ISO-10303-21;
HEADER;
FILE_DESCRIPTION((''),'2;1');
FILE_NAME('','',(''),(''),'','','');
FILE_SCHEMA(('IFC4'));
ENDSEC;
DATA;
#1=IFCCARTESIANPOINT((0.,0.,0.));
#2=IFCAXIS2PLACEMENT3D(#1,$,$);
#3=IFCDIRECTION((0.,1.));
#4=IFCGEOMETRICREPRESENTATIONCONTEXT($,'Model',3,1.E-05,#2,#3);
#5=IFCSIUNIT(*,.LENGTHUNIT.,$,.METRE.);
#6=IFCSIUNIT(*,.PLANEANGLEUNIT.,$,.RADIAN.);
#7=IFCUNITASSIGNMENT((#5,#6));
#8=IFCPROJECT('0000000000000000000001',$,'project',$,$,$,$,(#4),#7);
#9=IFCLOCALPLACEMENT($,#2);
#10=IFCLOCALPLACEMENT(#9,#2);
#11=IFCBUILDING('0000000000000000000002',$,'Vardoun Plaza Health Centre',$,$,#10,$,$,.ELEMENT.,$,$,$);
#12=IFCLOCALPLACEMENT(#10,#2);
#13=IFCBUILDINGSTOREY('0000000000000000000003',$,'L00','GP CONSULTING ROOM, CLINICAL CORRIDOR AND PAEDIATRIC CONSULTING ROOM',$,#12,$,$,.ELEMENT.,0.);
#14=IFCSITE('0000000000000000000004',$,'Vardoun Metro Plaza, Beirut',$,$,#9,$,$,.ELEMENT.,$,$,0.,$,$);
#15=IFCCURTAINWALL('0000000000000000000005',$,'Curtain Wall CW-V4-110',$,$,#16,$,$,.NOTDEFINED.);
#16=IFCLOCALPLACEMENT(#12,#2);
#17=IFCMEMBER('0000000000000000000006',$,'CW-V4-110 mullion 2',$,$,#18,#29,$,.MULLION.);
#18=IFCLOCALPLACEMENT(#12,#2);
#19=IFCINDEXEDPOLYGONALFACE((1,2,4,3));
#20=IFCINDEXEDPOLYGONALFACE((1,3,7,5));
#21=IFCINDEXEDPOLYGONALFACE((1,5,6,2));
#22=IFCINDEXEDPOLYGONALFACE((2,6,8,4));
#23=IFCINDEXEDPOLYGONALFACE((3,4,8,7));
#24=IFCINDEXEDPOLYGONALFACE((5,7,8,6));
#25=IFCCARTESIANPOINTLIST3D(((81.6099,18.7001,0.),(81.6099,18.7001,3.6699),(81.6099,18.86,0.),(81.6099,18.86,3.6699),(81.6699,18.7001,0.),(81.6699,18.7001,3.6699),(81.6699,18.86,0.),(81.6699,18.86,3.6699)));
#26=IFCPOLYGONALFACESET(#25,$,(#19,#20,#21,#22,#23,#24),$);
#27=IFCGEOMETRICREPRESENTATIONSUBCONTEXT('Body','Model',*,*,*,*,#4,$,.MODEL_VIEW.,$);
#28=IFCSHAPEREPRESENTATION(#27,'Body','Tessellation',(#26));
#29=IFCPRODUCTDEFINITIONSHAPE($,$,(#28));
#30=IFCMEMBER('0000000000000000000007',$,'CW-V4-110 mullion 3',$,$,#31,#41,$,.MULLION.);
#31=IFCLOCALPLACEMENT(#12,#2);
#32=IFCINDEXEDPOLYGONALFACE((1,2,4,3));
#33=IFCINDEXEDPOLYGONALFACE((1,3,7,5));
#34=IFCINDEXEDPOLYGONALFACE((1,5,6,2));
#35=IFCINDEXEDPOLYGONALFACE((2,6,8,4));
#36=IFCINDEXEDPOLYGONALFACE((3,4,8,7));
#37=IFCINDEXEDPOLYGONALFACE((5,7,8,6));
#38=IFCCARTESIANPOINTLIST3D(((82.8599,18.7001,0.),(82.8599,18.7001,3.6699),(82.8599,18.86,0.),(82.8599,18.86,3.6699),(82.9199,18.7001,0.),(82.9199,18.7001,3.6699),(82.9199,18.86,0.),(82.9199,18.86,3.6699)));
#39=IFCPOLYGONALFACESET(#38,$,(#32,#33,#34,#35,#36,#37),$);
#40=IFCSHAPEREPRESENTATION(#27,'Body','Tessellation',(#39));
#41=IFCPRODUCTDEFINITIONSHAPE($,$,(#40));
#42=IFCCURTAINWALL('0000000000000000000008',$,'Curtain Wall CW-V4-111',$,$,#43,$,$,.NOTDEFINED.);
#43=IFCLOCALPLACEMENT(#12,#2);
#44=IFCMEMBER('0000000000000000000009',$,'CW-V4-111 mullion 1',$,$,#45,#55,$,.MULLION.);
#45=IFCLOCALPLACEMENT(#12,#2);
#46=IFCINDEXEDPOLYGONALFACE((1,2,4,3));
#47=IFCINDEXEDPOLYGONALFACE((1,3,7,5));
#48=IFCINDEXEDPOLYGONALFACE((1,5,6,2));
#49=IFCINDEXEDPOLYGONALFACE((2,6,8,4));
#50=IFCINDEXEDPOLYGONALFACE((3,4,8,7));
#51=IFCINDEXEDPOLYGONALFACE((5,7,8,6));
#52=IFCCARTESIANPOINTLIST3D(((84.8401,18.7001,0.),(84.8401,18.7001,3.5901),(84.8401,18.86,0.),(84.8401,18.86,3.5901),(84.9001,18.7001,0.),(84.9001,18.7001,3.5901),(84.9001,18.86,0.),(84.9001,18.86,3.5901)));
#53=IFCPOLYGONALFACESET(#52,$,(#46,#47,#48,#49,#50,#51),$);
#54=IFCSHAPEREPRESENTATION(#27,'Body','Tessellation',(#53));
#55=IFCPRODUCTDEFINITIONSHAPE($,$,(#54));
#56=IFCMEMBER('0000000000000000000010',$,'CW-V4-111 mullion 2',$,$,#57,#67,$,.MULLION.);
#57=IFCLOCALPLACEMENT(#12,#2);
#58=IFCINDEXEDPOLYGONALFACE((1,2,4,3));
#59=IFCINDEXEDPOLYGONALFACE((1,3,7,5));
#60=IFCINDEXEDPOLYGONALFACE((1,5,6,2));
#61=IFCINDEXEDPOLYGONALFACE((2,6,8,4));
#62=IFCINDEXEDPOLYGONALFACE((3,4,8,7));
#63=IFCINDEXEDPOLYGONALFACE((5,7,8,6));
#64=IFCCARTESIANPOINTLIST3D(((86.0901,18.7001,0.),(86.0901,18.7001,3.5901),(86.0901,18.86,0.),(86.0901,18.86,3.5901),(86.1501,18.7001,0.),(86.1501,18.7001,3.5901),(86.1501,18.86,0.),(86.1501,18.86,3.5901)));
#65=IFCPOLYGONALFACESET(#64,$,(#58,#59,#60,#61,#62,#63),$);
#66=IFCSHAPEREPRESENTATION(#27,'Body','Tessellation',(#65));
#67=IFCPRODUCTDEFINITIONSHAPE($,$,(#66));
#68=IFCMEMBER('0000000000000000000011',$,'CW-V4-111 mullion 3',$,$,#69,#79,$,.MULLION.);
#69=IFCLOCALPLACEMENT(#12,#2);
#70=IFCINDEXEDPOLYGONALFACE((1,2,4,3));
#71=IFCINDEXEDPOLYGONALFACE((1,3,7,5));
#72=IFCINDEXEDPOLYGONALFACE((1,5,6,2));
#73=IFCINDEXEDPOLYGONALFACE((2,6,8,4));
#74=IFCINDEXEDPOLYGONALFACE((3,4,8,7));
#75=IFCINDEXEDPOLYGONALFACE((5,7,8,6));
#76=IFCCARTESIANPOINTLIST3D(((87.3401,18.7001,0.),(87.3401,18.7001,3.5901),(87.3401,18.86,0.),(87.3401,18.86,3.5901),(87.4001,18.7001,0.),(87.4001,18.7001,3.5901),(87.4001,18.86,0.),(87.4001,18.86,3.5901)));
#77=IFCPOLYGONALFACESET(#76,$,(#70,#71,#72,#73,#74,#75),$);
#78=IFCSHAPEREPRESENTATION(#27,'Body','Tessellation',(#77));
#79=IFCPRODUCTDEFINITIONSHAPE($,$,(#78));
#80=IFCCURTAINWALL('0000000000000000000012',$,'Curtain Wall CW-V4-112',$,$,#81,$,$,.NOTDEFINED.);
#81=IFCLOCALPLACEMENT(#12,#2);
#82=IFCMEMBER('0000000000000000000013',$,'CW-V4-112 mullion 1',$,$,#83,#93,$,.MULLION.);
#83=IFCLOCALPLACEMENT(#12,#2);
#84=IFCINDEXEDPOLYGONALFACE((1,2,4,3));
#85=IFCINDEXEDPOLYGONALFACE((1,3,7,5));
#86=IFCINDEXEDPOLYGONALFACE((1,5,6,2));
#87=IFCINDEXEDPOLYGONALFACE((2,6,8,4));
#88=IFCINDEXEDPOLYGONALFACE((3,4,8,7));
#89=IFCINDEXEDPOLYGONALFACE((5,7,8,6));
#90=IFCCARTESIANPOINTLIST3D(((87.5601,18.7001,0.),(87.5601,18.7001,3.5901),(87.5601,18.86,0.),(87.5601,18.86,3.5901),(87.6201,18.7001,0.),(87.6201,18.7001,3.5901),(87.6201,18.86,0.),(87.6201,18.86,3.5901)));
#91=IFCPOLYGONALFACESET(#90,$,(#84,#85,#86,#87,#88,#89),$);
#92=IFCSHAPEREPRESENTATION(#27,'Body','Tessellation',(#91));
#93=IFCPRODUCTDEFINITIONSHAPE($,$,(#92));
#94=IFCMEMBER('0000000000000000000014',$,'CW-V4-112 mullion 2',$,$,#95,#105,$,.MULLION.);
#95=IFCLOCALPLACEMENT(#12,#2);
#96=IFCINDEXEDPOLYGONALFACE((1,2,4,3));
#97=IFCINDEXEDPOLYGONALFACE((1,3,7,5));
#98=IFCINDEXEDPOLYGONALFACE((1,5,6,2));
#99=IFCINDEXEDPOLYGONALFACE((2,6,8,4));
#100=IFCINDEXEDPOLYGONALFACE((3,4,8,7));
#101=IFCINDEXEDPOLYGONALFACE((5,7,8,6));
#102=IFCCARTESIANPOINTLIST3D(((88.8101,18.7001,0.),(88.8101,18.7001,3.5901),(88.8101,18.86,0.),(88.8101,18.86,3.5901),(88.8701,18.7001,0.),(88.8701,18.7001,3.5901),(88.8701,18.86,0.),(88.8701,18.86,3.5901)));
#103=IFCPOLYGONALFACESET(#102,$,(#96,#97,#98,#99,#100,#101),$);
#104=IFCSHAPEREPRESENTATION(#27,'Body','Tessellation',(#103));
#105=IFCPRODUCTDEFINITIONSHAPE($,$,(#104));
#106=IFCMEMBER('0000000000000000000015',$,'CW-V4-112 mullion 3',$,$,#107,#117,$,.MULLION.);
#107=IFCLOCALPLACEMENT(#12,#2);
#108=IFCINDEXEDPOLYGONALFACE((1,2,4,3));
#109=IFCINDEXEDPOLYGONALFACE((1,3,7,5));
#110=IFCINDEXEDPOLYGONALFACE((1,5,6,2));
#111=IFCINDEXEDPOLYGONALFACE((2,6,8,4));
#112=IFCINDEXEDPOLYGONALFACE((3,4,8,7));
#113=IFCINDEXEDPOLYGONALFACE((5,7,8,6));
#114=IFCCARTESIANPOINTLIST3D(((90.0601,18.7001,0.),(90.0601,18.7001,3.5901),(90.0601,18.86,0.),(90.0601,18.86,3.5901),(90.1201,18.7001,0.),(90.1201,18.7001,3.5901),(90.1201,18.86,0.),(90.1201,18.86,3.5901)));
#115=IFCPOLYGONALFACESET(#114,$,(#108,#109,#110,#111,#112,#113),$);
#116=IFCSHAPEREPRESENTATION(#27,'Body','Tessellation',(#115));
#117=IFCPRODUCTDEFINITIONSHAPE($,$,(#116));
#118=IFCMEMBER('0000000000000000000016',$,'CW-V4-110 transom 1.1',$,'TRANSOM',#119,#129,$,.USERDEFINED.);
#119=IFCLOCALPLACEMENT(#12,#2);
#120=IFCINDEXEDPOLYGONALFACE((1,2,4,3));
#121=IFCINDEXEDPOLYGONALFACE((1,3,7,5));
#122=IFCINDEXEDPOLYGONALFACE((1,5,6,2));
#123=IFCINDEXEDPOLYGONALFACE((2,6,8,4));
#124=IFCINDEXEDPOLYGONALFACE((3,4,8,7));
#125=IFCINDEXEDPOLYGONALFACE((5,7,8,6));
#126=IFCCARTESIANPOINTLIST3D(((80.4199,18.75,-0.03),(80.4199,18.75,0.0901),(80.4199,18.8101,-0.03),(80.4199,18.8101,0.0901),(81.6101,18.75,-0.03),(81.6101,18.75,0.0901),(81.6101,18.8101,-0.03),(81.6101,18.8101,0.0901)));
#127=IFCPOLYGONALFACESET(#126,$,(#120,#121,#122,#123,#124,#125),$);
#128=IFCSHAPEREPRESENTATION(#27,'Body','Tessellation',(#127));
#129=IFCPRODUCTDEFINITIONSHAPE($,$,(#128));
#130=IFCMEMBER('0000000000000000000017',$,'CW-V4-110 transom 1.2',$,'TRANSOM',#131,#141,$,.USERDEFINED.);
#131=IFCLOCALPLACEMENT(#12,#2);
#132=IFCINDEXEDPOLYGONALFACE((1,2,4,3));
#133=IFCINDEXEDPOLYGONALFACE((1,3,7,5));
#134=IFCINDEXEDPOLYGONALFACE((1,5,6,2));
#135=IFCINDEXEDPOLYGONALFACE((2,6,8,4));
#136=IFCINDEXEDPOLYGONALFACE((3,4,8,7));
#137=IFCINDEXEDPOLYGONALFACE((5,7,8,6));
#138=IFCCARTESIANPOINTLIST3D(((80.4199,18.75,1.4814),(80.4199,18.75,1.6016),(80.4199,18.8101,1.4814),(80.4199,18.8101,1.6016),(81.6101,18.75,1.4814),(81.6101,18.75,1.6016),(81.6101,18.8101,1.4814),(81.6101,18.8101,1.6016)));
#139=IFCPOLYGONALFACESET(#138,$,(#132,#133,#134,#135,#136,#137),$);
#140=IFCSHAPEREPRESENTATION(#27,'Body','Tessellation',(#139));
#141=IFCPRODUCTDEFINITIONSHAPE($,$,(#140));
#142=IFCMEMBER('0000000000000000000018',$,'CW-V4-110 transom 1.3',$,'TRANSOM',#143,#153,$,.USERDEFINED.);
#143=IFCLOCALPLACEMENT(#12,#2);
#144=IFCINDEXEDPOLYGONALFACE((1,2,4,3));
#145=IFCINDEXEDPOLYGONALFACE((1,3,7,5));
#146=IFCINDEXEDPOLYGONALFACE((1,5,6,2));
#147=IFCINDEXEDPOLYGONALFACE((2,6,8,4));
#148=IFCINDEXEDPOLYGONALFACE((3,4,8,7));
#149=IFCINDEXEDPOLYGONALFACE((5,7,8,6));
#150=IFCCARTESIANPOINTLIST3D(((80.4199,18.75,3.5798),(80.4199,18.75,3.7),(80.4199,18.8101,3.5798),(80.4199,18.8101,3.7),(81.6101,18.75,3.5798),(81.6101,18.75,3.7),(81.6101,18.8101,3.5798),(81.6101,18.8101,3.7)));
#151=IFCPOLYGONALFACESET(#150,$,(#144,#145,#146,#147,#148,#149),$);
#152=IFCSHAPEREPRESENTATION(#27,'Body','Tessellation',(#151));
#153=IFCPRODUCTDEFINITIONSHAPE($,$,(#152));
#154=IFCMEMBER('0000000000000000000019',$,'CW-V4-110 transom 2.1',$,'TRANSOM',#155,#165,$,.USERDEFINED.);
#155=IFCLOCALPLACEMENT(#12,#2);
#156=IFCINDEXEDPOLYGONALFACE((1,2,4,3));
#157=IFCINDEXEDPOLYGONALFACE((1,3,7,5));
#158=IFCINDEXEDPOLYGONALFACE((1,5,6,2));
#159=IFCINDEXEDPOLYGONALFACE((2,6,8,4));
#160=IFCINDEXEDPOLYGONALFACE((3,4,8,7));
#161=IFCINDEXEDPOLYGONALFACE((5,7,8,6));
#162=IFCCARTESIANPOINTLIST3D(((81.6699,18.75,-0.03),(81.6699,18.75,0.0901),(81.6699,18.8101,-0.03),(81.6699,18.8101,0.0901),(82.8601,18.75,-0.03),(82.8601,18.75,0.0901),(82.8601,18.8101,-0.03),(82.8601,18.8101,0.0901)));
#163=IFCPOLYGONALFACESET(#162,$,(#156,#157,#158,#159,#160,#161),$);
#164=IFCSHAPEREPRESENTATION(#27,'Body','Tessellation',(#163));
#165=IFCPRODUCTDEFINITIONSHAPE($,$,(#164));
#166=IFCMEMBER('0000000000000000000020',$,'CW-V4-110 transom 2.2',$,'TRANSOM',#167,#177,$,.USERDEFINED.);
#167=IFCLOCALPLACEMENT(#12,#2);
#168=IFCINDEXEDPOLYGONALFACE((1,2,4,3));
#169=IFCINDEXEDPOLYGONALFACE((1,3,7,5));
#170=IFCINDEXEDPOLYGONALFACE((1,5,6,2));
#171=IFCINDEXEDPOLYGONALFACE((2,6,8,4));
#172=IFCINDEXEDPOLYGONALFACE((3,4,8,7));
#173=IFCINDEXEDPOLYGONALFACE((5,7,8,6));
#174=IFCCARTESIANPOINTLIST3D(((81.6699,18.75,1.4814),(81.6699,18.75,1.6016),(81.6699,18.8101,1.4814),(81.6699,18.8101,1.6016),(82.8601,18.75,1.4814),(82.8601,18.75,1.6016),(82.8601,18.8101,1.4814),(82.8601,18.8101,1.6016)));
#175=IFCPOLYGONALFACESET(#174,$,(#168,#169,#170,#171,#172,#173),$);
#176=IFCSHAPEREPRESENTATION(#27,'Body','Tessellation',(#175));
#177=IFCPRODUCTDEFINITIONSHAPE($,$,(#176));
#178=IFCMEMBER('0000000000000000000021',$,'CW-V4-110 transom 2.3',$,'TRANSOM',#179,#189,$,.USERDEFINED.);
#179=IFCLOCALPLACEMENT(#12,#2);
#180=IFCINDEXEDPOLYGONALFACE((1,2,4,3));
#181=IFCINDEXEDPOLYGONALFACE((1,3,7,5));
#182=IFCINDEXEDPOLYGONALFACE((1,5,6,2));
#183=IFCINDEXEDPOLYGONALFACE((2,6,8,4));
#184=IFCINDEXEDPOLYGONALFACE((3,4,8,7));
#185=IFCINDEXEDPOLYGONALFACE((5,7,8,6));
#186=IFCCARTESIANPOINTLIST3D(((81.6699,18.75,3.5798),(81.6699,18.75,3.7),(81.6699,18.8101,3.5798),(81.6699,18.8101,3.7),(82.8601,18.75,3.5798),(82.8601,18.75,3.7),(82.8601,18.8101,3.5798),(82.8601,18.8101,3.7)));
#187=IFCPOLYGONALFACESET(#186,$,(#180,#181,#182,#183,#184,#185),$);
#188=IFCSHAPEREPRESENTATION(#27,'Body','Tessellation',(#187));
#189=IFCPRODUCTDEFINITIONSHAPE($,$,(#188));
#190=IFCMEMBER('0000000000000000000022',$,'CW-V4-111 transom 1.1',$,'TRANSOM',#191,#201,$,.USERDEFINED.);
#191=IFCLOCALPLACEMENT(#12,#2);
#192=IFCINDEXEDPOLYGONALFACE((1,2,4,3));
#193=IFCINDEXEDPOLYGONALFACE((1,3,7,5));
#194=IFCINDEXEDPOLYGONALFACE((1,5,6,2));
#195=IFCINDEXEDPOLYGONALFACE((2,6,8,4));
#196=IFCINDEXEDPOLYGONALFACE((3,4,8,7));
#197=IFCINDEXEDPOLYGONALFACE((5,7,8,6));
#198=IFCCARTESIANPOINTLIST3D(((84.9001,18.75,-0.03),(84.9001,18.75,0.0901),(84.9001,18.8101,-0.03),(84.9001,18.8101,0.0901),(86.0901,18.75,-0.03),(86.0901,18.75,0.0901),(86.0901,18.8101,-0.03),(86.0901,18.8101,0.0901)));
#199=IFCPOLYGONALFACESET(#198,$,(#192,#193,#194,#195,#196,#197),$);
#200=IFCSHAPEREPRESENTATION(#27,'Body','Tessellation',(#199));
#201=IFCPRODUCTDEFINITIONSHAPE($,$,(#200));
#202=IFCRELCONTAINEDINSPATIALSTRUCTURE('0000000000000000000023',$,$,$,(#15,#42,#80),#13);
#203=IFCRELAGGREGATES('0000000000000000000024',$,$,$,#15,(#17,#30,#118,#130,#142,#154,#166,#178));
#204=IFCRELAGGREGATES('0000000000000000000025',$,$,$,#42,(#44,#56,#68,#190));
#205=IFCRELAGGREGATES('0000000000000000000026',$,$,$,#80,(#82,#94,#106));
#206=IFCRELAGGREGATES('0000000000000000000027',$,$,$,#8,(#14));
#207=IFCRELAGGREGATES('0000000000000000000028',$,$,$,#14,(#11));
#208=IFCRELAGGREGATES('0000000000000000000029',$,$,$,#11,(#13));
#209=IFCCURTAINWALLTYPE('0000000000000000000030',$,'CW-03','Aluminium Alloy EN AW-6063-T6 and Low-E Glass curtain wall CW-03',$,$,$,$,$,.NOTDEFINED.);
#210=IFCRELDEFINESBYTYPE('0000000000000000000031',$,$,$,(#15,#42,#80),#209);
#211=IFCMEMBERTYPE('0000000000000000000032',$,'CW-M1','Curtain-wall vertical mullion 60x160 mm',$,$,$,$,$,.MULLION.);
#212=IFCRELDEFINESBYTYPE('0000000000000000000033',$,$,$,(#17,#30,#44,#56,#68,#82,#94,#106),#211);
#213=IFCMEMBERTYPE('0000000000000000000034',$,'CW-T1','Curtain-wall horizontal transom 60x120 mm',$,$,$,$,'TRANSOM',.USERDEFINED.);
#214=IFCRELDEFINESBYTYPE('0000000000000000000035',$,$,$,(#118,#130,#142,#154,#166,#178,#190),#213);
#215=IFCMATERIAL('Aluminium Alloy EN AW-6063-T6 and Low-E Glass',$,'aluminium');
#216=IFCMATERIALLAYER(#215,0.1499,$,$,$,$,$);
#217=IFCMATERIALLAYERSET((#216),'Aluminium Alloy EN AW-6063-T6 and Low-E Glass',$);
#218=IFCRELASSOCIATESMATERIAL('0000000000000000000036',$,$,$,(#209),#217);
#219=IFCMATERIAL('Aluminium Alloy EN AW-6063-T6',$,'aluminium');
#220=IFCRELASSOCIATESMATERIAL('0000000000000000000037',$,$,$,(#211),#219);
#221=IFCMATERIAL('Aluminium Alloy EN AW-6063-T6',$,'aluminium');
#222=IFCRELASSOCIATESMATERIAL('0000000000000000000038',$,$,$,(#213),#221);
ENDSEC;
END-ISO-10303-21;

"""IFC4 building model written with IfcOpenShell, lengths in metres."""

from ifc_helpers import new_model, si_unit, direction, frame, origin, origin_2d, place, context, subcontext, project, spatial, rectangle, extrude, material, layer, layer_set, material_profile, profile_set, type_object, element, aggregate, save


model = new_model("IFC4")

# Units and contexts
model_context = context("Model", 3, precision=1e-05, world=origin(), true_north=direction((0.0, 1.0)))
body_context = subcontext(model_context, "Body", "Model", "MODEL_VIEW")
ifc_project = project(units=[si_unit("LENGTHUNIT", "METRE"), si_unit("PLANEANGLEUNIT", "RADIAN")], contexts=[model_context])

# Site, building, storey
site_placement = place(None, origin())
site = spatial("IfcSite", under=ifc_project, at=site_placement, Name="Vardoun Metro Plaza, Beirut", CompositionType="ELEMENT", RefElevation=0.0)
building_placement = place(site_placement, origin())
building = spatial("IfcBuilding", under=site, at=building_placement, Name="Vardoun Plaza Health Centre", CompositionType="ELEMENT")
storey_placement = place(building_placement, origin())
storey = spatial("IfcBuildingStorey", under=building, at=storey_placement, Name="L00", Description="GP CONSULTING ROOM, CLINICAL CORRIDOR AND PAEDIATRIC CONSULTING ROOM", CompositionType="ELEMENT", Elevation=0.0)

# Curtain walls, members
ifc_material_1 = material(Name="Aluminium Alloy EN AW-6063-T6 and Low-E Glass", Category="aluminium")
ifc_layer_1 = layer(ifc_material_1, 0.1499)
ifc_layer_set_1 = layer_set([ifc_layer_1], Name="Aluminium Alloy EN AW-6063-T6 and Low-E Glass")
curtain_wall_type = type_object("IfcCurtainWallType", Name="CW-03", Description="Aluminium Alloy EN AW-6063-T6 and Low-E Glass curtain wall CW-03", PredefinedType="NOTDEFINED", material=ifc_layer_set_1)
curtain_wall_1_placement = place(storey_placement, origin())
curtain_wall_1 = element("IfcCurtainWall", 1, at=curtain_wall_1_placement, inside=storey, type_object=curtain_wall_type, Name="Curtain Wall CW-V4-110", PredefinedType="NOTDEFINED")
ifc_material_2 = material(Name="Aluminium Alloy EN AW-6063-T6", Category="aluminium")
ifc_material_profile_1 = material_profile(ifc_material_2, rectangle(XDim=0.1599, YDim=0.0601, at=origin_2d()), Name="CWM 60x160")
ifc_profile_set_1 = profile_set([ifc_material_profile_1], Name="Aluminium Alloy EN AW-6063-T6")
member_type_1 = type_object("IfcMemberType", Name="CW-M1", Description="Curtain-wall vertical mullion 60x160 mm", PredefinedType="MULLION", material=ifc_profile_set_1)
member_1_placement = place(storey_placement, frame((81.6399, 18.78, 0.0), z_axis=(0.0, 0.0, 1.0), x_axis=(0.0, 1.0, 0.0)))
member_1 = element("IfcMember", 2, at=member_1_placement, type_object=member_type_1, Name="CW-V4-110 mullion 2", PredefinedType="MULLION", context=body_context, shape_type="SweptSolid", body=[
    extrude(rectangle(XDim=0.1599, YDim=0.0601, at=origin_2d()), origin(), (0.0, 0.0, 1.0), 3.6699),
])
member_2_placement = place(storey_placement, frame((82.8899, 18.78, 0.0), z_axis=(0.0, 0.0, 1.0), x_axis=(0.0, 1.0, 0.0)))
member_2 = element("IfcMember", 3, at=member_2_placement, type_object=member_type_1, Name="CW-V4-110 mullion 3", PredefinedType="MULLION", context=body_context, shape_type="SweptSolid", body=[
    extrude(rectangle(XDim=0.1599, YDim=0.0601, at=origin_2d()), origin(), (0.0, 0.0, 1.0), 3.6699),
])
curtain_wall_2_placement = place(storey_placement, origin())
curtain_wall_2 = element("IfcCurtainWall", 4, at=curtain_wall_2_placement, inside=storey, type_object=curtain_wall_type, Name="Curtain Wall CW-V4-111", PredefinedType="NOTDEFINED")
member_3_placement = place(storey_placement, frame((84.8701, 18.78, 0.0), z_axis=(0.0, 0.0, 1.0), x_axis=(0.0, 1.0, 0.0)))
member_3 = element("IfcMember", 5, at=member_3_placement, type_object=member_type_1, Name="CW-V4-111 mullion 1", PredefinedType="MULLION", context=body_context, shape_type="SweptSolid", body=[
    extrude(rectangle(XDim=0.1599, YDim=0.0601, at=origin_2d()), origin(), (0.0, 0.0, 1.0), 3.5901),
])
member_4_placement = place(storey_placement, frame((86.1201, 18.78, 0.0), z_axis=(0.0, 0.0, 1.0), x_axis=(0.0, 1.0, 0.0)))
member_4 = element("IfcMember", 6, at=member_4_placement, type_object=member_type_1, Name="CW-V4-111 mullion 2", PredefinedType="MULLION", context=body_context, shape_type="SweptSolid", body=[
    extrude(rectangle(XDim=0.1599, YDim=0.0601, at=origin_2d()), origin(), (0.0, 0.0, 1.0), 3.5901),
])
member_5_placement = place(storey_placement, frame((87.3701, 18.78, 0.0), z_axis=(0.0, 0.0, 1.0), x_axis=(0.0, 1.0, 0.0)))
member_5 = element("IfcMember", 7, at=member_5_placement, type_object=member_type_1, Name="CW-V4-111 mullion 3", PredefinedType="MULLION", context=body_context, shape_type="SweptSolid", body=[
    extrude(rectangle(XDim=0.1599, YDim=0.0601, at=origin_2d()), origin(), (0.0, 0.0, 1.0), 3.5901),
])
curtain_wall_3_placement = place(storey_placement, origin())
curtain_wall_3 = element("IfcCurtainWall", 8, at=curtain_wall_3_placement, inside=storey, type_object=curtain_wall_type, Name="Curtain Wall CW-V4-112", PredefinedType="NOTDEFINED")
member_6_placement = place(storey_placement, frame((87.5901, 18.78, 0.0), z_axis=(0.0, 0.0, 1.0), x_axis=(0.0, 1.0, 0.0)))
member_6 = element("IfcMember", 9, at=member_6_placement, type_object=member_type_1, Name="CW-V4-112 mullion 1", PredefinedType="MULLION", context=body_context, shape_type="SweptSolid", body=[
    extrude(rectangle(XDim=0.1599, YDim=0.0601, at=origin_2d()), origin(), (0.0, 0.0, 1.0), 3.5901),
])
member_7_placement = place(storey_placement, frame((88.8401, 18.78, 0.0), z_axis=(0.0, 0.0, 1.0), x_axis=(0.0, 1.0, 0.0)))
member_7 = element("IfcMember", 10, at=member_7_placement, type_object=member_type_1, Name="CW-V4-112 mullion 2", PredefinedType="MULLION", context=body_context, shape_type="SweptSolid", body=[
    extrude(rectangle(XDim=0.1599, YDim=0.0601, at=origin_2d()), origin(), (0.0, 0.0, 1.0), 3.5901),
])
member_8_placement = place(storey_placement, frame((90.0901, 18.78, 0.0), z_axis=(0.0, 0.0, 1.0), x_axis=(0.0, 1.0, 0.0)))
member_8 = element("IfcMember", 11, at=member_8_placement, type_object=member_type_1, Name="CW-V4-112 mullion 3", PredefinedType="MULLION", context=body_context, shape_type="SweptSolid", body=[
    extrude(rectangle(XDim=0.1599, YDim=0.0601, at=origin_2d()), origin(), (0.0, 0.0, 1.0), 3.5901),
])

# Members
ifc_material_3 = material(Name="Aluminium Alloy EN AW-6063-T6", Category="aluminium")
ifc_material_profile_2 = material_profile(ifc_material_3, rectangle(XDim=0.0601, YDim=0.1201, at=origin_2d()), Name="CWT 60x120")
ifc_profile_set_2 = profile_set([ifc_material_profile_2], Name="Aluminium Alloy EN AW-6063-T6")
member_type_2 = type_object("IfcMemberType", Name="CW-T1", Description="Curtain-wall horizontal transom 60x120 mm", ElementType="TRANSOM", PredefinedType="USERDEFINED", material=ifc_profile_set_2)
member_9_placement = place(storey_placement, frame((80.4199, 18.78, 0.03), z_axis=(1.0, 0.0, 0.0), x_axis=(0.0, 1.0, 0.0)))
member_9 = element("IfcMember", 12, at=member_9_placement, type_object=member_type_2, Name="CW-V4-110 transom 1.1", ObjectType="TRANSOM", PredefinedType="USERDEFINED", context=body_context, shape_type="SweptSolid", body=[
    extrude(rectangle(XDim=0.0601, YDim=0.1201, at=origin_2d()), origin(), (0.0, 0.0, 1.0), 1.1902),
])
member_10_placement = place(storey_placement, frame((80.4199, 18.78, 1.5415), z_axis=(1.0, 0.0, 0.0), x_axis=(0.0, 1.0, 0.0)))
member_10 = element("IfcMember", 13, at=member_10_placement, type_object=member_type_2, Name="CW-V4-110 transom 1.2", ObjectType="TRANSOM", PredefinedType="USERDEFINED", context=body_context, shape_type="SweptSolid", body=[
    extrude(rectangle(XDim=0.0601, YDim=0.1201, at=origin_2d()), origin(), (0.0, 0.0, 1.0), 1.1902),
])
member_11_placement = place(storey_placement, frame((80.4199, 18.78, 3.6399), z_axis=(1.0, 0.0, 0.0), x_axis=(0.0, 1.0, 0.0)))
member_11 = element("IfcMember", 14, at=member_11_placement, type_object=member_type_2, Name="CW-V4-110 transom 1.3", ObjectType="TRANSOM", PredefinedType="USERDEFINED", context=body_context, shape_type="SweptSolid", body=[
    extrude(rectangle(XDim=0.0601, YDim=0.1201, at=origin_2d()), origin(), (0.0, 0.0, 1.0), 1.1902),
])
member_12_placement = place(storey_placement, frame((81.6699, 18.78, 0.03), z_axis=(1.0, 0.0, 0.0), x_axis=(0.0, 1.0, 0.0)))
member_12 = element("IfcMember", 15, at=member_12_placement, type_object=member_type_2, Name="CW-V4-110 transom 2.1", ObjectType="TRANSOM", PredefinedType="USERDEFINED", context=body_context, shape_type="SweptSolid", body=[
    extrude(rectangle(XDim=0.0601, YDim=0.1201, at=origin_2d()), origin(), (0.0, 0.0, 1.0), 1.1902),
])
member_13_placement = place(storey_placement, frame((81.6699, 18.78, 1.5415), z_axis=(1.0, 0.0, 0.0), x_axis=(0.0, 1.0, 0.0)))
member_13 = element("IfcMember", 16, at=member_13_placement, type_object=member_type_2, Name="CW-V4-110 transom 2.2", ObjectType="TRANSOM", PredefinedType="USERDEFINED", context=body_context, shape_type="SweptSolid", body=[
    extrude(rectangle(XDim=0.0601, YDim=0.1201, at=origin_2d()), origin(), (0.0, 0.0, 1.0), 1.1902),
])
member_14_placement = place(storey_placement, frame((81.6699, 18.78, 3.6399), z_axis=(1.0, 0.0, 0.0), x_axis=(0.0, 1.0, 0.0)))
member_14 = element("IfcMember", 17, at=member_14_placement, type_object=member_type_2, Name="CW-V4-110 transom 2.3", ObjectType="TRANSOM", PredefinedType="USERDEFINED", context=body_context, shape_type="SweptSolid", body=[
    extrude(rectangle(XDim=0.0601, YDim=0.1201, at=origin_2d()), origin(), (0.0, 0.0, 1.0), 1.1902),
])
member_15_placement = place(storey_placement, frame((84.9001, 18.78, 0.03), z_axis=(1.0, 0.0, 0.0), x_axis=(0.0, 1.0, 0.0)))
member_15 = element("IfcMember", 18, at=member_15_placement, type_object=member_type_2, Name="CW-V4-111 transom 1.1", ObjectType="TRANSOM", PredefinedType="USERDEFINED", context=body_context, shape_type="SweptSolid", body=[
    extrude(rectangle(XDim=0.0601, YDim=0.1201, at=origin_2d()), origin(), (0.0, 0.0, 1.0), 1.1899),
])

aggregate(curtain_wall_1, [member_1, member_2, member_9, member_10, member_11, member_12, member_13, member_14])
aggregate(curtain_wall_2, [member_3, member_4, member_5, member_15])
aggregate(curtain_wall_3, [member_6, member_7, member_8])

save(model, "model.ifc")
